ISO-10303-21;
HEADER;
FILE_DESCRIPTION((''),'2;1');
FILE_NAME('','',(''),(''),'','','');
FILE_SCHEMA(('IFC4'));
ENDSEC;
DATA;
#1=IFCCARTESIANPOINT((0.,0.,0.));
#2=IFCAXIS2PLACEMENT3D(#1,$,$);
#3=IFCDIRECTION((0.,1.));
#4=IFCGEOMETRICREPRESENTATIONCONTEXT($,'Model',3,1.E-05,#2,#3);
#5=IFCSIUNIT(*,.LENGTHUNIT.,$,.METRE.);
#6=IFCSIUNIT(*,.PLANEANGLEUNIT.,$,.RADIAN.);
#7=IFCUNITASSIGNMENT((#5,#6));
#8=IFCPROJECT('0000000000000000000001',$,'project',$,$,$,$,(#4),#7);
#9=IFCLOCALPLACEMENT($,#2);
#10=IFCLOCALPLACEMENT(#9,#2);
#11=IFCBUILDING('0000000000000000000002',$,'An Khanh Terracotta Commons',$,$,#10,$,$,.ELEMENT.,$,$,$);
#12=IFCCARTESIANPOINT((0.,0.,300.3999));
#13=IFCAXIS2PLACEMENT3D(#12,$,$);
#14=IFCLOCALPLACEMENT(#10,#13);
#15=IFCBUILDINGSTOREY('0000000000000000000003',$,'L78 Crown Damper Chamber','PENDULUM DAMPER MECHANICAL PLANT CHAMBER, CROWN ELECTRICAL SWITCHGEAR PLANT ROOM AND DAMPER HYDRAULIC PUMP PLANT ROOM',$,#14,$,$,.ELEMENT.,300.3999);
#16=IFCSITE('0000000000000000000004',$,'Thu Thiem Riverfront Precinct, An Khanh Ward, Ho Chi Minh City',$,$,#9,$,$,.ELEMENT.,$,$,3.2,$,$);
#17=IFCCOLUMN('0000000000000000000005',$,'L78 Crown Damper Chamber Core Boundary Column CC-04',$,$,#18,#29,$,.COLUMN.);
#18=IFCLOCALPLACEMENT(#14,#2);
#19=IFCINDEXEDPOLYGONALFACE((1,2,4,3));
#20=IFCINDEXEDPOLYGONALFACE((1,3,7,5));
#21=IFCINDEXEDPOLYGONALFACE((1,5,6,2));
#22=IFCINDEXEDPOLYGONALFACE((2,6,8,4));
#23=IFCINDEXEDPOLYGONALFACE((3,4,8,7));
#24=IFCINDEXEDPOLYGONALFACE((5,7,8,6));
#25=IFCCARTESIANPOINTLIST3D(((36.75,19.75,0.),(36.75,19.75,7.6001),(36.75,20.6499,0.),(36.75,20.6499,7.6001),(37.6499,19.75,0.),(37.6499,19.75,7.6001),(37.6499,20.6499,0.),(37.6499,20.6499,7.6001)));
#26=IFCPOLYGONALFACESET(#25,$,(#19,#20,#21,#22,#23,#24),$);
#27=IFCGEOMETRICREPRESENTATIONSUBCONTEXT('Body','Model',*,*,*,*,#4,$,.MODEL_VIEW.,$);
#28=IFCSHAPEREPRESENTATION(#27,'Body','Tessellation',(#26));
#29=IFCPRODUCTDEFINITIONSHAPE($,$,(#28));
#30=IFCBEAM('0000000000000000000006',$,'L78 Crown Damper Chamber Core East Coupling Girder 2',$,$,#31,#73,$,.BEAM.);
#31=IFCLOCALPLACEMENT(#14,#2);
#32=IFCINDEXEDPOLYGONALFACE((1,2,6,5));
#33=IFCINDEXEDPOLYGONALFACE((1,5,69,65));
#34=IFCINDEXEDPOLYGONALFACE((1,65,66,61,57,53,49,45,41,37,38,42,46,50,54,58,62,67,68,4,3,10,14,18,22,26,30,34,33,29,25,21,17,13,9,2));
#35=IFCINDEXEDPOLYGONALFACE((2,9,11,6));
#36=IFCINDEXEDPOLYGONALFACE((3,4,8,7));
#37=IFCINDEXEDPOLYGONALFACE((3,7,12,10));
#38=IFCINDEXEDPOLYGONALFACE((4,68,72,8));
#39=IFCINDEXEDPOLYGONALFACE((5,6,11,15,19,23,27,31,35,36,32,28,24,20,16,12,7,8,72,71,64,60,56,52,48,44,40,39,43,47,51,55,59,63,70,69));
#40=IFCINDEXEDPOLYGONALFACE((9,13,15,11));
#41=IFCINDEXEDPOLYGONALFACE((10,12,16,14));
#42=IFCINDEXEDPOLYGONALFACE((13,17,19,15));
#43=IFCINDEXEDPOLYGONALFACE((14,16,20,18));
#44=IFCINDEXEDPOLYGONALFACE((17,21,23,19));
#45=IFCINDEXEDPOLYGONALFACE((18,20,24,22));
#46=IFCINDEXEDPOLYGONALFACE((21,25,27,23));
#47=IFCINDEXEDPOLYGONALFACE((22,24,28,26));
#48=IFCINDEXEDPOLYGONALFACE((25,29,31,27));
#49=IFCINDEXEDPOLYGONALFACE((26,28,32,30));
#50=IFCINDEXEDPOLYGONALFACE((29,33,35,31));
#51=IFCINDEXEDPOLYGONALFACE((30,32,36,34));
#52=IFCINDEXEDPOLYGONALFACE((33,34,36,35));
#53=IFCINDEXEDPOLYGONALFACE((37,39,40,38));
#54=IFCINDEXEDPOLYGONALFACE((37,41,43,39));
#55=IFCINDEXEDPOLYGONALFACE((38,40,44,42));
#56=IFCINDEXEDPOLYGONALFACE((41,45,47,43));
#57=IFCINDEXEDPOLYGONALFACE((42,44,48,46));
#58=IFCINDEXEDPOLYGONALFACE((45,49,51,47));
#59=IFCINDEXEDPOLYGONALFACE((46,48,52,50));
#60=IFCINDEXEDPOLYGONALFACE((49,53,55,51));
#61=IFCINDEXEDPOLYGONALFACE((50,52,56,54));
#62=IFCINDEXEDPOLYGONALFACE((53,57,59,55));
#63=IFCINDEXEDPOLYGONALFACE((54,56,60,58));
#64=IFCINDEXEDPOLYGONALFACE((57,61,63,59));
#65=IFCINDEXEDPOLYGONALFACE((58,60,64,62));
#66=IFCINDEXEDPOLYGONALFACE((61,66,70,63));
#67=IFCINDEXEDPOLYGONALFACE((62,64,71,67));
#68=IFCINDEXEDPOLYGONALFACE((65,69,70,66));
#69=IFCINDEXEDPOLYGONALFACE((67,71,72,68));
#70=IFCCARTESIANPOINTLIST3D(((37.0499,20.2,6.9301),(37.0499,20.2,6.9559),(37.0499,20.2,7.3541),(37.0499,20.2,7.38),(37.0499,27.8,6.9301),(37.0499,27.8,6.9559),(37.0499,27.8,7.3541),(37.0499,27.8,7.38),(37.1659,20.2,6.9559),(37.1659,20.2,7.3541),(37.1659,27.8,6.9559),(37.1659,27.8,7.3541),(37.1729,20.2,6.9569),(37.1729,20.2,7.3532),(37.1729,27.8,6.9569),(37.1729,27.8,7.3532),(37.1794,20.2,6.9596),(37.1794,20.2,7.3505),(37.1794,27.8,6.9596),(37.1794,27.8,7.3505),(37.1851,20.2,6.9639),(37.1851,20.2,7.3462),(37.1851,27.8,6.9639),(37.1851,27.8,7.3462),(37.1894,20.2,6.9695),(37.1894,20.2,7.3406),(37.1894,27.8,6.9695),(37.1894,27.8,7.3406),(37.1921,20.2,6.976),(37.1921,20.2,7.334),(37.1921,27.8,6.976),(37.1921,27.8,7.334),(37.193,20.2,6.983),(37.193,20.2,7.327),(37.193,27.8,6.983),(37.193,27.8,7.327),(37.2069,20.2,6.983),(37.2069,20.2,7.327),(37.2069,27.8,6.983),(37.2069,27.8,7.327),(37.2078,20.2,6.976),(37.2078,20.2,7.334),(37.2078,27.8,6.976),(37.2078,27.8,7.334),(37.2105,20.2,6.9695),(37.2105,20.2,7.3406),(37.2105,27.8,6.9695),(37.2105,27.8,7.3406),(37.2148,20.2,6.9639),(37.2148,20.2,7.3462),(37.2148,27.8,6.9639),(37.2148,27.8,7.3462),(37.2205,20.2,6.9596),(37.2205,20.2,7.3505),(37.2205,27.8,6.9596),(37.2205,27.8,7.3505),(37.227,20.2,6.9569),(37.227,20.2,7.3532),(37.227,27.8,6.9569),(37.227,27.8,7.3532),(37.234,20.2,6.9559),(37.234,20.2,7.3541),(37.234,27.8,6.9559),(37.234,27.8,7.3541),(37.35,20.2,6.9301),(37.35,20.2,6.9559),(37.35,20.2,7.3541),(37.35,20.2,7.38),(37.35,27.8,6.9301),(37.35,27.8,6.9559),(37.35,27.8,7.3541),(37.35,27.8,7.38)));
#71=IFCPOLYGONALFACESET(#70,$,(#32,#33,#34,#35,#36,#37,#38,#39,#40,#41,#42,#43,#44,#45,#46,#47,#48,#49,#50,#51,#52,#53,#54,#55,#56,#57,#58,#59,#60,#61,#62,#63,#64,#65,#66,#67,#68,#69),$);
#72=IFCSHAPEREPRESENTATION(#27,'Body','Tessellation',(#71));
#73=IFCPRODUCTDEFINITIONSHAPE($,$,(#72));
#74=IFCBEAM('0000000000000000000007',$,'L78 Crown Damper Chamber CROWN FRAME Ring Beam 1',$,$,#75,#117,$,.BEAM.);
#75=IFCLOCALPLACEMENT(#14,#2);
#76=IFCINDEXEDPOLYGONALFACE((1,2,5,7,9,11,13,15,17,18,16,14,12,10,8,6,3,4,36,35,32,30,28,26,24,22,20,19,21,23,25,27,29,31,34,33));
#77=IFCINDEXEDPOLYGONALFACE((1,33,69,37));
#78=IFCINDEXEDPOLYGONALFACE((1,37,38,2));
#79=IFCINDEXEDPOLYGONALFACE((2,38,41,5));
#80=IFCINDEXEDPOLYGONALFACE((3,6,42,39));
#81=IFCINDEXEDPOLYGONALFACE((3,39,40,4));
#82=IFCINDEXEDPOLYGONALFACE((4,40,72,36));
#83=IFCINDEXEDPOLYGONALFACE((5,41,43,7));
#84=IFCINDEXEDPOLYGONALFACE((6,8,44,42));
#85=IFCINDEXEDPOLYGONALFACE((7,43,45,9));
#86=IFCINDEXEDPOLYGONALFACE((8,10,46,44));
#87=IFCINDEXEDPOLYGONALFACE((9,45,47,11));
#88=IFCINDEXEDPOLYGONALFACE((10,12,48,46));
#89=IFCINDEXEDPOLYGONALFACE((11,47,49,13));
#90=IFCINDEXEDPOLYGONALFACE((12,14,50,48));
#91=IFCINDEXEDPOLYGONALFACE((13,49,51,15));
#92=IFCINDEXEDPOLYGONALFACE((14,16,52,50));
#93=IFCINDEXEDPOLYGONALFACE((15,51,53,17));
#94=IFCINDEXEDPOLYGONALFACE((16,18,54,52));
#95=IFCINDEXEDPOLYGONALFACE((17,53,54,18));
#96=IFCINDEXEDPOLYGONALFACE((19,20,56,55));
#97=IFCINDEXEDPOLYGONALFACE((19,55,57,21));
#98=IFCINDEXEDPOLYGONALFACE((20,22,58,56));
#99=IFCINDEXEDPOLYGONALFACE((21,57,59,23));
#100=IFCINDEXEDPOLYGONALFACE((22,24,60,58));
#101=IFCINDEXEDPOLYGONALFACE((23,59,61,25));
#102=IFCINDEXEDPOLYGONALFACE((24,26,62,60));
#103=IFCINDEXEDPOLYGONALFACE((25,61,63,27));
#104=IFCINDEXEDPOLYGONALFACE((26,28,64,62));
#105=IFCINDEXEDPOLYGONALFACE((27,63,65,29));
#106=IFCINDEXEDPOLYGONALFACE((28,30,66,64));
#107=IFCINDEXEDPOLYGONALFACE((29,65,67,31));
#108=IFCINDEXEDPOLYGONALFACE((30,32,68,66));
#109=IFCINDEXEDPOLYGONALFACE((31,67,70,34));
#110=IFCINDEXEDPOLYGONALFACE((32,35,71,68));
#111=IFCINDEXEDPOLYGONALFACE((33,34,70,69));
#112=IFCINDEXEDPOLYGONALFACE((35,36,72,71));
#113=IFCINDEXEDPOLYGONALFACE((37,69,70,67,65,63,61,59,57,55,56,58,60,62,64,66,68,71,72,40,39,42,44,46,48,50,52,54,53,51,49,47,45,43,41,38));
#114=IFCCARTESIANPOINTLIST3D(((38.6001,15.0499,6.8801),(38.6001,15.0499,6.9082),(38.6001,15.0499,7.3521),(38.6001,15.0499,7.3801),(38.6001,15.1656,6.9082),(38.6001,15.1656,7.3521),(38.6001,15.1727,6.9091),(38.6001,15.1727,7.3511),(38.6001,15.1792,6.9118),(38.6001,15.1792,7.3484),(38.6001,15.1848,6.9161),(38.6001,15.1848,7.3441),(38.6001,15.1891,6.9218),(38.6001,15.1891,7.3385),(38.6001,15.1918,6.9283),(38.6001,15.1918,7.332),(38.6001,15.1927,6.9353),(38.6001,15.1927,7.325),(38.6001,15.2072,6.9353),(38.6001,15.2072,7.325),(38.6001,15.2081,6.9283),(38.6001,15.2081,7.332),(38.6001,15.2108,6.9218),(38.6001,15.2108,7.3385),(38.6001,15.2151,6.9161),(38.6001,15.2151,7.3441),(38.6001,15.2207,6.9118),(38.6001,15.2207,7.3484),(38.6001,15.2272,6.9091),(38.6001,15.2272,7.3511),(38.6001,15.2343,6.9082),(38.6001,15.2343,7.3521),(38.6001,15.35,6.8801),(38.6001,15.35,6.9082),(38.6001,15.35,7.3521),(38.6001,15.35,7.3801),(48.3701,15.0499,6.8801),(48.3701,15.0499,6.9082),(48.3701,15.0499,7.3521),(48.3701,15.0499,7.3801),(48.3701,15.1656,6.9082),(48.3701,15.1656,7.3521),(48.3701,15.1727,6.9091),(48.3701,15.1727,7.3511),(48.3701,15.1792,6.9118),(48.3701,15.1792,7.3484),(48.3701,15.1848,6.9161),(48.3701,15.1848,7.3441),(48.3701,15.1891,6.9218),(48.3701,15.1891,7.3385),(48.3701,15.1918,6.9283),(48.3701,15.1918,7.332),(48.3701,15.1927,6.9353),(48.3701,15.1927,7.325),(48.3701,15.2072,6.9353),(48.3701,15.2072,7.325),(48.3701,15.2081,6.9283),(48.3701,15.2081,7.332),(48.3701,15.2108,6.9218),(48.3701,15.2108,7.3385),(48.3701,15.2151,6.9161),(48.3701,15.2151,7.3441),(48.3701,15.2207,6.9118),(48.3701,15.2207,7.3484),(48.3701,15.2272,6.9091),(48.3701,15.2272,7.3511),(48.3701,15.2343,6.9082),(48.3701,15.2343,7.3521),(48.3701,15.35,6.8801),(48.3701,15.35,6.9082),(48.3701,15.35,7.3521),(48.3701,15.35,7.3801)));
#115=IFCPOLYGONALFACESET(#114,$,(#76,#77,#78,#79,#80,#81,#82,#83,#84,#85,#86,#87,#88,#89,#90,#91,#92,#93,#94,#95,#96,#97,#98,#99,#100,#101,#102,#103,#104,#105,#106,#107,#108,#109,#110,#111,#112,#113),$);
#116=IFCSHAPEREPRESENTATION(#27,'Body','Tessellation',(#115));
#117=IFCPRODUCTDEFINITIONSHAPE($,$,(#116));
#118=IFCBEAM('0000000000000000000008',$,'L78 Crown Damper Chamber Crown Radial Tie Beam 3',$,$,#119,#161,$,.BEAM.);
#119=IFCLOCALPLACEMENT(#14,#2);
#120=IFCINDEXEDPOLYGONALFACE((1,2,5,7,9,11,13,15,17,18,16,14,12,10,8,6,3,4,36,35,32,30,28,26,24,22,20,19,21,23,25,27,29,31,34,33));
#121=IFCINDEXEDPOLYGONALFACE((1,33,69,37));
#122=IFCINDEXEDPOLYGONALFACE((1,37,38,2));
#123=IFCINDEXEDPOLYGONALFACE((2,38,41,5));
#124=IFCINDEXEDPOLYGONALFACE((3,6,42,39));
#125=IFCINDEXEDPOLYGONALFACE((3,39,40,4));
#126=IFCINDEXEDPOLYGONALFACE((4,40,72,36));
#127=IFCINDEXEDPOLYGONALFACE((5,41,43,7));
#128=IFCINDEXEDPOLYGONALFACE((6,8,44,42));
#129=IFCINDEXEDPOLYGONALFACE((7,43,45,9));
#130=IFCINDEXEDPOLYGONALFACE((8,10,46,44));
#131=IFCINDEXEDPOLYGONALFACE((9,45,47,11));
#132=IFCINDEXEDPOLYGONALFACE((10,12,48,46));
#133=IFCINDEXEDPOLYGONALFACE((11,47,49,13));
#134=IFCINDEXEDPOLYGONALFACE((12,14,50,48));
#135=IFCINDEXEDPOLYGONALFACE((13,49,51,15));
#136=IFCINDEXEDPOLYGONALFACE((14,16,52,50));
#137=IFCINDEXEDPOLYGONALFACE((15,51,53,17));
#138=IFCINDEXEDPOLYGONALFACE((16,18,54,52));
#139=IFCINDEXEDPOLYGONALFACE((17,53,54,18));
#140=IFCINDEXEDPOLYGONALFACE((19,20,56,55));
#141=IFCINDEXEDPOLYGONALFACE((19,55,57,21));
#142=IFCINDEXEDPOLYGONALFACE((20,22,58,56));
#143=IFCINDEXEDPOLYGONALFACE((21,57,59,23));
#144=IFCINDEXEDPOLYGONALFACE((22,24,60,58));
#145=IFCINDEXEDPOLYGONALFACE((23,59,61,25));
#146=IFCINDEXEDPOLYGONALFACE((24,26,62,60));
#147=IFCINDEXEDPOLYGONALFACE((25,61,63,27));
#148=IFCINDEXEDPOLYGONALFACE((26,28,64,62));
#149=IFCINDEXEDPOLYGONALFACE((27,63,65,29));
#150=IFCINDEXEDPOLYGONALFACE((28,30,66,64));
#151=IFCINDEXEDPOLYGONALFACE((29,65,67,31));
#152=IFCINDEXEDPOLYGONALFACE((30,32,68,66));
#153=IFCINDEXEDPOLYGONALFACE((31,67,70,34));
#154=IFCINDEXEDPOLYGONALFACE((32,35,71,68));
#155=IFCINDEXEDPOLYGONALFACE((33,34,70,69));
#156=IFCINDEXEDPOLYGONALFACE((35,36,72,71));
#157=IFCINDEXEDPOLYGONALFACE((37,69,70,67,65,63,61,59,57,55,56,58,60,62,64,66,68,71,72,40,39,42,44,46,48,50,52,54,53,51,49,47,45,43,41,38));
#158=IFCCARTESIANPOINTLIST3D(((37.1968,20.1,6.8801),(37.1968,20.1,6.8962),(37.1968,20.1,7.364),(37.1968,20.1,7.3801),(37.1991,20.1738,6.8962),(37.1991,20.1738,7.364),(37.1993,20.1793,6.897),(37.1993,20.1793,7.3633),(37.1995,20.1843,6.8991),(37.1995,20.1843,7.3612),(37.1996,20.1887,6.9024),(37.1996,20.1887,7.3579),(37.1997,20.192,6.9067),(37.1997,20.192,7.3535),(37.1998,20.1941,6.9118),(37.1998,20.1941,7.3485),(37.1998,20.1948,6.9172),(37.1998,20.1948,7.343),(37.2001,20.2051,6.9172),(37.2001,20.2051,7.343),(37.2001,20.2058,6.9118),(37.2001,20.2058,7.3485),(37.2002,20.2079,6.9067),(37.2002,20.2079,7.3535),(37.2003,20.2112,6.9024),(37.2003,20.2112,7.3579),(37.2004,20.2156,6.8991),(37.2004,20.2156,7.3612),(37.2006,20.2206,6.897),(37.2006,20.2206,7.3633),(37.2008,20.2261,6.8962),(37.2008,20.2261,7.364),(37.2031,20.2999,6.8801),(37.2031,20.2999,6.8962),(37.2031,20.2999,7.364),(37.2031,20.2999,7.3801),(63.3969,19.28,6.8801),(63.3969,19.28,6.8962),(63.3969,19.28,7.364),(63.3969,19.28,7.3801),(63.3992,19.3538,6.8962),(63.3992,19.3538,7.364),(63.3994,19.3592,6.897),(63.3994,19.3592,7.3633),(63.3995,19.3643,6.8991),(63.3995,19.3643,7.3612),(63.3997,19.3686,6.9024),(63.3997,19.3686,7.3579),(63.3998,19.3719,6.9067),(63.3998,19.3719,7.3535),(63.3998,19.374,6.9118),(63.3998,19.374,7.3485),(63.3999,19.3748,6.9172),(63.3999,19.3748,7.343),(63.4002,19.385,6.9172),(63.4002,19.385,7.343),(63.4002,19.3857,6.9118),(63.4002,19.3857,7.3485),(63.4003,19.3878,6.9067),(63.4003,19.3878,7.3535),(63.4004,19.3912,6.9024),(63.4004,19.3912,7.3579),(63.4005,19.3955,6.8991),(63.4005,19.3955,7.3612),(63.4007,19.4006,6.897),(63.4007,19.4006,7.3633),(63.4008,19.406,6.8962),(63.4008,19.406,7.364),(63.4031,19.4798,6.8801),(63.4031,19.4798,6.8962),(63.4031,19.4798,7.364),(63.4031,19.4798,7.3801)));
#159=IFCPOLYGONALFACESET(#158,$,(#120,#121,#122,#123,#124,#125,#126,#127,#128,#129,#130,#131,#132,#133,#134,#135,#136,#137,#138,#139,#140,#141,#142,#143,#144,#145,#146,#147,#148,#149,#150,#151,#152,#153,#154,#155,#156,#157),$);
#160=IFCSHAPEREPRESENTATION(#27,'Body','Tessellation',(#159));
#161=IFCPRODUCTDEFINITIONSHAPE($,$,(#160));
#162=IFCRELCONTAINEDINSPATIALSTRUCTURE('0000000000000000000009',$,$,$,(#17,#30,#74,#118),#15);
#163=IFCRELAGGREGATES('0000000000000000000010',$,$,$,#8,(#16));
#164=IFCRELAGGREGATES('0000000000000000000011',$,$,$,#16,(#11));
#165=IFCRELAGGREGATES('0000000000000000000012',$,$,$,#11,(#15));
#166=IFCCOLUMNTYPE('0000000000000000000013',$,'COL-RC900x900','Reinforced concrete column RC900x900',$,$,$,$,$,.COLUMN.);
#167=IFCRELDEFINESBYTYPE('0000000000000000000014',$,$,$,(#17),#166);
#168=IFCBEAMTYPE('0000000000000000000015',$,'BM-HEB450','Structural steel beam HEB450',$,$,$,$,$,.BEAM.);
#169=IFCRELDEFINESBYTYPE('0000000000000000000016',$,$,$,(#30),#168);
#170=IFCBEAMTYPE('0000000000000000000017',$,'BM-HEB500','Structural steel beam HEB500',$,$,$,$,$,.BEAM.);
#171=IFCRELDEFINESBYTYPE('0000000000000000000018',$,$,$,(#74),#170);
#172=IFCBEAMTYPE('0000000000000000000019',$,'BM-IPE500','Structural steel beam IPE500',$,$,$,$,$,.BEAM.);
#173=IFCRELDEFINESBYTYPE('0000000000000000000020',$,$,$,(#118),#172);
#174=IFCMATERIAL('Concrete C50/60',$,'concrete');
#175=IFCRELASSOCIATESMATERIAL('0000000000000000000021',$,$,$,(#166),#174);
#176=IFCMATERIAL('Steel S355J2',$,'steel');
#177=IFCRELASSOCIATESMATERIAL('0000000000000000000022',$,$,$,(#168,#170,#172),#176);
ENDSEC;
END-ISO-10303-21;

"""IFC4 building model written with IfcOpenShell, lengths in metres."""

from ifc_helpers import new_model, si_unit, direction, frame, origin, origin_2d, place, context, subcontext, project, spatial, rectangle, i_section, extrude, material, material_profile, profile_set, type_object, element, save


model = new_model("IFC4")

# Units and contexts
model_context = context("Model", 3, precision=1e-05, world=origin(), true_north=direction((0.0, 1.0)))
body_context = subcontext(model_context, "Body", "Model", "MODEL_VIEW")
ifc_project = project(units=[si_unit("LENGTHUNIT", "METRE"), si_unit("PLANEANGLEUNIT", "RADIAN")], contexts=[model_context])

# Site, building, storey
site_placement = place(None, origin())
site = spatial("IfcSite", under=ifc_project, at=site_placement, Name="Thu Thiem Riverfront Precinct, An Khanh Ward, Ho Chi Minh City", CompositionType="ELEMENT", RefElevation=3.2)
building_placement = place(site_placement, origin())
building = spatial("IfcBuilding", under=site, at=building_placement, Name="An Khanh Terracotta Commons", CompositionType="ELEMENT")
storey_placement = place(building_placement, frame((0.0, 0.0, 300.3999)))
storey = spatial("IfcBuildingStorey", under=building, at=storey_placement, Name="L78 Crown Damper Chamber", Description="PENDULUM DAMPER MECHANICAL PLANT CHAMBER, CROWN ELECTRICAL SWITCHGEAR PLANT ROOM AND DAMPER HYDRAULIC PUMP PLANT ROOM", CompositionType="ELEMENT", Elevation=300.3999)

# Column
ifc_material_1 = material(Name="Concrete C50/60", Category="concrete")
ifc_material_profile_1 = material_profile(ifc_material_1, rectangle(XDim=0.8999, YDim=0.8999, at=origin_2d()), Name="RC900x900")
ifc_profile_set_1 = profile_set([ifc_material_profile_1], Name="Concrete C50/60")
column_type = type_object("IfcColumnType", Name="COL-RC900x900", Description="Reinforced concrete column RC900x900", PredefinedType="COLUMN", material=ifc_profile_set_1)
column_placement = place(storey_placement, frame((37.2, 20.2, 0.0), z_axis=(0.0, 0.0, 1.0), x_axis=(1.0, 0.0, 0.0)))
element("IfcColumn", 1, at=column_placement, inside=storey, type_object=column_type, Name="L78 Crown Damper Chamber Core Boundary Column CC-04", PredefinedType="COLUMN", context=body_context, shape_type="SweptSolid", body=[
    extrude(rectangle(XDim=0.8999, YDim=0.8999, at=origin_2d()), origin(), (0.0, 0.0, 1.0), 7.6001),
])

# Beams
ifc_material_2 = material(Name="Steel S355J2", Category="steel")
ifc_material_profile_2 = material_profile(ifc_material_2, i_section(OverallWidth=0.3, OverallDepth=0.45, WebThickness=0.0139, FlangeThickness=0.0259, FilletRadius=0.0271, at=origin_2d()), Name="HEB450")
ifc_profile_set_2 = profile_set([ifc_material_profile_2], Name="Steel S355J2")
beam_type_1 = type_object("IfcBeamType", Name="BM-HEB450", Description="Structural steel beam HEB450", PredefinedType="BEAM", material=ifc_profile_set_2)
beam_1_placement = place(storey_placement, frame((37.2, 20.2, 7.155), z_axis=(0.0, 1.0, 0.0), x_axis=(-1.0, 0.0, 0.0)))
element("IfcBeam", 2, at=beam_1_placement, inside=storey, type_object=beam_type_1, Name="L78 Crown Damper Chamber Core East Coupling Girder 2", PredefinedType="BEAM", context=body_context, shape_type="SweptSolid", body=[
    extrude(i_section(OverallWidth=0.3, OverallDepth=0.45, WebThickness=0.0139, FlangeThickness=0.0259, FilletRadius=0.0271, at=origin_2d()), origin(), (0.0, 0.0, 1.0), 7.6001),
])
ifc_material_profile_3 = material_profile(ifc_material_2, i_section(OverallWidth=0.3, OverallDepth=0.5, WebThickness=0.0144, FlangeThickness=0.0281, FilletRadius=0.0271, at=origin_2d()), Name="HEB500")
ifc_profile_set_3 = profile_set([ifc_material_profile_3], Name="Steel S355J2")
beam_type_2 = type_object("IfcBeamType", Name="BM-HEB500", Description="Structural steel beam HEB500", PredefinedType="BEAM", material=ifc_profile_set_3)
beam_2_placement = place(storey_placement, frame((38.6001, 15.2, 7.1301), z_axis=(1.0, 0.0, 0.0), x_axis=(0.0, 1.0, 0.0)))
element("IfcBeam", 3, at=beam_2_placement, inside=storey, type_object=beam_type_2, Name="L78 Crown Damper Chamber CROWN FRAME Ring Beam 1", PredefinedType="BEAM", context=body_context, shape_type="SweptSolid", body=[
    extrude(i_section(OverallWidth=0.3, OverallDepth=0.5, WebThickness=0.0144, FlangeThickness=0.0281, FilletRadius=0.0271, at=origin_2d()), origin(), (0.0, 0.0, 1.0), 9.77),
])
ifc_material_profile_4 = material_profile(ifc_material_2, i_section(OverallWidth=0.2, OverallDepth=0.5, WebThickness=0.0103, FlangeThickness=0.0161, FilletRadius=0.021, at=origin_2d()), Name="IPE500")
ifc_profile_set_4 = profile_set([ifc_material_profile_4], Name="Steel S355J2")
beam_type_3 = type_object("IfcBeamType", Name="BM-IPE500", Description="Structural steel beam IPE500", PredefinedType="BEAM", material=ifc_profile_set_4)
beam_3_placement = place(storey_placement, frame((37.2, 20.2, 7.1301), z_axis=(0.999511, -0.031285, 0.0), x_axis=(0.031285, 0.999511, 0.0)))
element("IfcBeam", 4, at=beam_3_placement, inside=storey, type_object=beam_type_3, Name="L78 Crown Damper Chamber Crown Radial Tie Beam 3", PredefinedType="BEAM", context=body_context, shape_type="SweptSolid", body=[
    extrude(i_section(OverallWidth=0.2, OverallDepth=0.5, WebThickness=0.0103, FlangeThickness=0.0161, FilletRadius=0.021, at=origin_2d()), origin(), (0.0, 0.0, 1.0), 26.2129),
])

save(model, "model.ifc")
